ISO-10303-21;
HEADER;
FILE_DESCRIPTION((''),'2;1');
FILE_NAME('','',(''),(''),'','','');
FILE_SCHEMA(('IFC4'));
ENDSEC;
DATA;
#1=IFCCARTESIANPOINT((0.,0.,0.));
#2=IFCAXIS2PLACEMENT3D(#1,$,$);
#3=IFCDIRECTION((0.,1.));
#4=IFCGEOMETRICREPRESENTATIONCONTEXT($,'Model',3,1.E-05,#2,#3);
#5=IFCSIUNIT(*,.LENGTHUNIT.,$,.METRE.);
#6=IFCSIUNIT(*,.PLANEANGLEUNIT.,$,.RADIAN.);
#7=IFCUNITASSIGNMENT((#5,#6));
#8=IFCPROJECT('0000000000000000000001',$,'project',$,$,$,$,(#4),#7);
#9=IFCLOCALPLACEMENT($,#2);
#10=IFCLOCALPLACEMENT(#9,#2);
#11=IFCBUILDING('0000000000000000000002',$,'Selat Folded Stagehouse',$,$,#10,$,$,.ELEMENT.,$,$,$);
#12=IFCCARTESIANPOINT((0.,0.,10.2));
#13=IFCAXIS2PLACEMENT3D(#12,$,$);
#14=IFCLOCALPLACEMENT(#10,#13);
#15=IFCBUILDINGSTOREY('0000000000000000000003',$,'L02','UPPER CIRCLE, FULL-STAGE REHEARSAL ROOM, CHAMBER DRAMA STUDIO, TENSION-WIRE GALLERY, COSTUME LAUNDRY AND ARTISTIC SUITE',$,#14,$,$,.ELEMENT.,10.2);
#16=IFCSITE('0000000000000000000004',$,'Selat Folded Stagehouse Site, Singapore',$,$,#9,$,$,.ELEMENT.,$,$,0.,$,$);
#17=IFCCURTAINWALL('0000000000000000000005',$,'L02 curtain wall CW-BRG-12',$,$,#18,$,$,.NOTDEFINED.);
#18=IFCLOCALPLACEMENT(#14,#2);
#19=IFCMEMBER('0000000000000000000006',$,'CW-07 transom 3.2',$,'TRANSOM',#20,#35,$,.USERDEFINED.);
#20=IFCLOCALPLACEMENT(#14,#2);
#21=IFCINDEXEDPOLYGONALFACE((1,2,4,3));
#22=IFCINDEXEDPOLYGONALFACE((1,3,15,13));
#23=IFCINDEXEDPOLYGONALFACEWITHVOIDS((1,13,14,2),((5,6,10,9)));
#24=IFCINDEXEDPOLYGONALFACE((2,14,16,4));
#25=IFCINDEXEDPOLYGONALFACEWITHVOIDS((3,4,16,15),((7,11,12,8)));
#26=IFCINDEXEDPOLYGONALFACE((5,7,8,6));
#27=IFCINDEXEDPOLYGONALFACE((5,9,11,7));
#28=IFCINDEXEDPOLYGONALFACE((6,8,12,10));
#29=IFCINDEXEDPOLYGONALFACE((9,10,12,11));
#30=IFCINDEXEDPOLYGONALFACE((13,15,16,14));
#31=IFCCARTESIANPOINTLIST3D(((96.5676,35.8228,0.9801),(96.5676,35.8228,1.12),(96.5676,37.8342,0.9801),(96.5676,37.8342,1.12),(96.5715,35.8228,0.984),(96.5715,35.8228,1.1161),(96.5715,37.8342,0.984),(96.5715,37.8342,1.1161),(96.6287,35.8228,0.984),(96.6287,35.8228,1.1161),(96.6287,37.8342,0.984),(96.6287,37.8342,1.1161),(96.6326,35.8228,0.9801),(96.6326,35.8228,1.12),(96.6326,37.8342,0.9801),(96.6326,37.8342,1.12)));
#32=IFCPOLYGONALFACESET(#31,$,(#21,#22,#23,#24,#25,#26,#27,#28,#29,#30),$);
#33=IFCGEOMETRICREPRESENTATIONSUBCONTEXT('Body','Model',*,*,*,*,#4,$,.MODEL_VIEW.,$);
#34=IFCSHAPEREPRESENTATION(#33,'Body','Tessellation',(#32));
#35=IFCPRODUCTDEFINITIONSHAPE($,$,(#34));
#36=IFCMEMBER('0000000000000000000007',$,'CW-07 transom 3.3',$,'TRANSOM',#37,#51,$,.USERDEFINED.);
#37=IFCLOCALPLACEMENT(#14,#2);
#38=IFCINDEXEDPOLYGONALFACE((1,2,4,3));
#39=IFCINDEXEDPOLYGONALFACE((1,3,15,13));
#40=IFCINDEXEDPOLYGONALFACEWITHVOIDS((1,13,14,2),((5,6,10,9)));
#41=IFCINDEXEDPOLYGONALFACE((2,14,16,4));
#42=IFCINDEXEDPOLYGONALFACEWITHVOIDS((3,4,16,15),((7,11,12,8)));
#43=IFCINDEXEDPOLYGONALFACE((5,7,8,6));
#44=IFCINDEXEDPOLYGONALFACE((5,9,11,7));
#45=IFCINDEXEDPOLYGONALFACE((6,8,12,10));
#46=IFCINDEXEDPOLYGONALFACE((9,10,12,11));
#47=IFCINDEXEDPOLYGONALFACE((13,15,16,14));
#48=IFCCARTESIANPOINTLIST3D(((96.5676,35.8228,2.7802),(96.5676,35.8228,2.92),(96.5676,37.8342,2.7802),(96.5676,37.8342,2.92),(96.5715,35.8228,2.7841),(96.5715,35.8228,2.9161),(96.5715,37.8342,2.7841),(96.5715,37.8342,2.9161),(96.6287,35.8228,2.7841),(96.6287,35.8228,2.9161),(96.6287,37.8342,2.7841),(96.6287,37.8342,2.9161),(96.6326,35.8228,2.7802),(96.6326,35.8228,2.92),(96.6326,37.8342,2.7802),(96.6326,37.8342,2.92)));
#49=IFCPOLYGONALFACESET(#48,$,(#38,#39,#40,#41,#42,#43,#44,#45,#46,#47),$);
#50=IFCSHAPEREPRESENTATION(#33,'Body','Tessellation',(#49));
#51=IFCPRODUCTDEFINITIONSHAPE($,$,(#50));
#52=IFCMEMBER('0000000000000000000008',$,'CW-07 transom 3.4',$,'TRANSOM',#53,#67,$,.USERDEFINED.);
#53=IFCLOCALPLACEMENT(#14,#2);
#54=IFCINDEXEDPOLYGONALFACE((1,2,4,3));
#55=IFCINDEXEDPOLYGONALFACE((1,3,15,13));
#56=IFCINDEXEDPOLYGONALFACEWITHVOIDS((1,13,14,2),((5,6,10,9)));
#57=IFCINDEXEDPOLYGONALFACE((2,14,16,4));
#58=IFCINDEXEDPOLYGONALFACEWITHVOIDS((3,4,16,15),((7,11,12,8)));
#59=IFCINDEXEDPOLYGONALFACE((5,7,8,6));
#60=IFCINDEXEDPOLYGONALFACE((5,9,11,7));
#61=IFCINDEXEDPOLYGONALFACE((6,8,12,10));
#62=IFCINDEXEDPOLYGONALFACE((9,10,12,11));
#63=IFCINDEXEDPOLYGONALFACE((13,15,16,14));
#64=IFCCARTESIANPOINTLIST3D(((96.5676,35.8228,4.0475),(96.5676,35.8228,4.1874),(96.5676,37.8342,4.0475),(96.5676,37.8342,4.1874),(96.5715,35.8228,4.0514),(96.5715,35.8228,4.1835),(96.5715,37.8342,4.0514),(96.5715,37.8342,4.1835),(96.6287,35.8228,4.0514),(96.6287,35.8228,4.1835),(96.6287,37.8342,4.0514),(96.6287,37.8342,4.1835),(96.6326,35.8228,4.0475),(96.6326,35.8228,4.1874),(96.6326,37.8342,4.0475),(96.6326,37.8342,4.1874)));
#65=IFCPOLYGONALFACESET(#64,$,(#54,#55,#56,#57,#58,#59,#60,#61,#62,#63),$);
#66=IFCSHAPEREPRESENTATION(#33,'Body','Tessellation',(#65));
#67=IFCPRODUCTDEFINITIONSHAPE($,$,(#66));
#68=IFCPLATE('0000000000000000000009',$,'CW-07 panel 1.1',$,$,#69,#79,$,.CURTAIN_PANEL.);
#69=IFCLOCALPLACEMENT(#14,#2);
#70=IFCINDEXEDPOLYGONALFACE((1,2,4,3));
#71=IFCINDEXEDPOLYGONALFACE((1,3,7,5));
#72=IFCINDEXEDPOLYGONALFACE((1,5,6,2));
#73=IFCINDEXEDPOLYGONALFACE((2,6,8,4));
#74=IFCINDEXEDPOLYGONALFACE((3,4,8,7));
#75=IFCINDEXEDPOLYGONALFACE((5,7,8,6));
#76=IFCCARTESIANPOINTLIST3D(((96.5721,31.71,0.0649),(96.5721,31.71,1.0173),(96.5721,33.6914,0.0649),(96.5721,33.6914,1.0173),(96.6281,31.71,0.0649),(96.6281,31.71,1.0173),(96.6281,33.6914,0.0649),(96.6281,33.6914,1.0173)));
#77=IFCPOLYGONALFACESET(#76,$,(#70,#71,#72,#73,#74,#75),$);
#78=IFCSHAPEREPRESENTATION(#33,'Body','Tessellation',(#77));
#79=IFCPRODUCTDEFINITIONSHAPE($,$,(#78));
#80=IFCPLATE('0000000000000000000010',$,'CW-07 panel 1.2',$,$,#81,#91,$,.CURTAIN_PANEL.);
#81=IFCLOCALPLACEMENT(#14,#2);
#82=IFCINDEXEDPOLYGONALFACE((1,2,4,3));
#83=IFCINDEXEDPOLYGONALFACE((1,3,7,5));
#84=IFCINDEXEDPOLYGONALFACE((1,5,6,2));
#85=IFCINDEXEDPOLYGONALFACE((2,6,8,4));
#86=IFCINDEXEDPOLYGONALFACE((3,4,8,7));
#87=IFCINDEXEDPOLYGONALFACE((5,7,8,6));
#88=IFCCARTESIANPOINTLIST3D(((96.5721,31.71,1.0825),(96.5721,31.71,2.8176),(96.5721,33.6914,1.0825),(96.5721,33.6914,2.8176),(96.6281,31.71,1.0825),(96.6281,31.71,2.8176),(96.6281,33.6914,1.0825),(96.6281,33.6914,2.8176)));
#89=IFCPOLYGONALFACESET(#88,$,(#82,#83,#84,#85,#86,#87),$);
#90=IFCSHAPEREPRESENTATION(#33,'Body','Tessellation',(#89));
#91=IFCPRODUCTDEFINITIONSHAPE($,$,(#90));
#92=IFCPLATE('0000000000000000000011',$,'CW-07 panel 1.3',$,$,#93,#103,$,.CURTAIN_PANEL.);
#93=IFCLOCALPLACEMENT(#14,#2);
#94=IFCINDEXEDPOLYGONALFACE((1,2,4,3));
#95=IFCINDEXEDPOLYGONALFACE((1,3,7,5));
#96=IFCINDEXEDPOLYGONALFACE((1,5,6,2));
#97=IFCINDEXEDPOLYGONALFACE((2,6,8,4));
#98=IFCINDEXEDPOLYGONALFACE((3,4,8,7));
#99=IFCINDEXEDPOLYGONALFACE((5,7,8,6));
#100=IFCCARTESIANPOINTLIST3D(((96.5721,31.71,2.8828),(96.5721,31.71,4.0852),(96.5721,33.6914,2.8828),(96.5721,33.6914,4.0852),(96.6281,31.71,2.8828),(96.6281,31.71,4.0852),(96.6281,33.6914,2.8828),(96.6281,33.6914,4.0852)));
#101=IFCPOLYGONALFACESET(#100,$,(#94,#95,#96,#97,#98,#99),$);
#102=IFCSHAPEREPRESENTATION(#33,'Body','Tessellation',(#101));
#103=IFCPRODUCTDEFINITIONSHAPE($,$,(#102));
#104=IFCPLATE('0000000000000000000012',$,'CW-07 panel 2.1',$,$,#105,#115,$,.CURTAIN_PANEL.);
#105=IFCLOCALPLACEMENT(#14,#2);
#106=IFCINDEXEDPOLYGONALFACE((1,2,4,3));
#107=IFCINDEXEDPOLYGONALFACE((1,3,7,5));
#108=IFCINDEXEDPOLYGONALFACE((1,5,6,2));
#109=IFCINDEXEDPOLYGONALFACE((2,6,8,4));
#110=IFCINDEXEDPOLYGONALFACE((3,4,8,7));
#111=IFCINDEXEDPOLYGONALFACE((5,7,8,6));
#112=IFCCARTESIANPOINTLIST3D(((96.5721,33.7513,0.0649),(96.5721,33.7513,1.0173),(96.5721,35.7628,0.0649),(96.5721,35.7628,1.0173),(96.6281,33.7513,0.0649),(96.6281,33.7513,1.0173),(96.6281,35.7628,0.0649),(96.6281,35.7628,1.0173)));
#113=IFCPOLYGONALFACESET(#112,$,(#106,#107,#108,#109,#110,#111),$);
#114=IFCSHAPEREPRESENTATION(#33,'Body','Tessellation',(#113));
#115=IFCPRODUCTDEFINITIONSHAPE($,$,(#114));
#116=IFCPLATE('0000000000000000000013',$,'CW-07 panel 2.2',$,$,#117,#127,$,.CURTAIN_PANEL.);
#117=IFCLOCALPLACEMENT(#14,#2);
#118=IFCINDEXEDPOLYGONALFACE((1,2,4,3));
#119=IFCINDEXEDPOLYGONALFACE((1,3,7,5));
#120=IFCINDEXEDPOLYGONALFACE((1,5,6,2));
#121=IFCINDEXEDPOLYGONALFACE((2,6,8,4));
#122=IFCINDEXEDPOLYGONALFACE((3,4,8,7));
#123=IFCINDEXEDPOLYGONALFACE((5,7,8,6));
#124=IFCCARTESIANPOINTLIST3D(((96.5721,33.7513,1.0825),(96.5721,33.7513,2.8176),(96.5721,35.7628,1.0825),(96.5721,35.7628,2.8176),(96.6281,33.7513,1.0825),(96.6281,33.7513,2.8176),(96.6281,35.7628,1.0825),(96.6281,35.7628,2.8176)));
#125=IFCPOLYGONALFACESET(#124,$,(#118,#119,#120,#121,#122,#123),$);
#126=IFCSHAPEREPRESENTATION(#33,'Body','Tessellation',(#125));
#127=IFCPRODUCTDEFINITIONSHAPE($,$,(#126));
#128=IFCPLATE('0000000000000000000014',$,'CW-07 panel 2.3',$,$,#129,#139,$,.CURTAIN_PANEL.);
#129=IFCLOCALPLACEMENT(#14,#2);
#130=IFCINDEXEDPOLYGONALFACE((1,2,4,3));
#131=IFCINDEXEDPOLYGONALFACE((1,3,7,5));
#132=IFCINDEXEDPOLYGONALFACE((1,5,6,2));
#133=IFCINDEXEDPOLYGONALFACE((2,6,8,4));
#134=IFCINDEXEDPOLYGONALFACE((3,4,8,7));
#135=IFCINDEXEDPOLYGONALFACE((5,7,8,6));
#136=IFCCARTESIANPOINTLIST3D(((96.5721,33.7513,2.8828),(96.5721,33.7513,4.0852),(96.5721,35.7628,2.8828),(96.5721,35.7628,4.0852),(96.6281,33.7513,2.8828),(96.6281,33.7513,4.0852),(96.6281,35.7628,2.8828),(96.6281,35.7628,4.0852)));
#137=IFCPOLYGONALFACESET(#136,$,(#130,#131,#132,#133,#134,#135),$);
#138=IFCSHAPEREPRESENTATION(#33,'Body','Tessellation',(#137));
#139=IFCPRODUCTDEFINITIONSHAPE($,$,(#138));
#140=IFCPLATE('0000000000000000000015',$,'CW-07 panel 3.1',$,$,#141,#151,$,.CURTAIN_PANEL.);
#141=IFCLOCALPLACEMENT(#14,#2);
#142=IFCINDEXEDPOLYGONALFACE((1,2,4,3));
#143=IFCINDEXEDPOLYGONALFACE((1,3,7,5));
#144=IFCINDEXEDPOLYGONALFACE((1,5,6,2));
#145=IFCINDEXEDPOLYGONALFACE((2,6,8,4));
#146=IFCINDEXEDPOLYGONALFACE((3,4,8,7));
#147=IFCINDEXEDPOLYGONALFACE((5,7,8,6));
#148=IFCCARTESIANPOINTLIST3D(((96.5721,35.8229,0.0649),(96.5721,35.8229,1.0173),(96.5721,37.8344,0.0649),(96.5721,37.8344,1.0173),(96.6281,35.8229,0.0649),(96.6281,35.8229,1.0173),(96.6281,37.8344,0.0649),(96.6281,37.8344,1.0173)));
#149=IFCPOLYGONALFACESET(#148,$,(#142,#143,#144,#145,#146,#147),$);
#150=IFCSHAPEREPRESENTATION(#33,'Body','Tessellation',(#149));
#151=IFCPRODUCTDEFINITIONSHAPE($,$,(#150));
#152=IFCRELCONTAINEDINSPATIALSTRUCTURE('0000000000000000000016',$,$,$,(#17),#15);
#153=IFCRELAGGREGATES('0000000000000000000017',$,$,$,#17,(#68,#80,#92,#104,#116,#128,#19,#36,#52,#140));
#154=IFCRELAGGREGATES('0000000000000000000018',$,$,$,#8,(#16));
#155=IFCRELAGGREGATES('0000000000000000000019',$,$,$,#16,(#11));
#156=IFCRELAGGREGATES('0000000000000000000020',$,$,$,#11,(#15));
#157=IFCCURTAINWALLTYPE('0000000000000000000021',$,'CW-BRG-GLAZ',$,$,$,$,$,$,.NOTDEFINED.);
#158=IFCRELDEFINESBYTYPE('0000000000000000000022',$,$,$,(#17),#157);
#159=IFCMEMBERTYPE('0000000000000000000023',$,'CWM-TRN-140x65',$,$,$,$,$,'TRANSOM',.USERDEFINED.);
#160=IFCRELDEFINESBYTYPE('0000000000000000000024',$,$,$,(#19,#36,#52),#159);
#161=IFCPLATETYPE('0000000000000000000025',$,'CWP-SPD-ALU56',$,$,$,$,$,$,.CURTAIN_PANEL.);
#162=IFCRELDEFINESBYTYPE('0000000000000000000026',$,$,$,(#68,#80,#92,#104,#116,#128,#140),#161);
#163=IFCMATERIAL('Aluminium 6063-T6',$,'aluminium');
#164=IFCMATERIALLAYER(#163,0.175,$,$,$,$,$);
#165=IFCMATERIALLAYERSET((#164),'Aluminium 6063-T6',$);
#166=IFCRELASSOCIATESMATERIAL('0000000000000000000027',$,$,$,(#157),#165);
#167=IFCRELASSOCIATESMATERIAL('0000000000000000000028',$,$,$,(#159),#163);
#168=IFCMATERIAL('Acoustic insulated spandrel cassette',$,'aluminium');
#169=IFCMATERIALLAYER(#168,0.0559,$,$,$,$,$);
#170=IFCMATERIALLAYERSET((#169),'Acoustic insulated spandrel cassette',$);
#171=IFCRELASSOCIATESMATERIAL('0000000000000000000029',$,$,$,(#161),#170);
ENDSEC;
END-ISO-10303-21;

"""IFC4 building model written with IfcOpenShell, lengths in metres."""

from ifc_helpers import new_model, si_unit, direction, frame, origin, origin_2d, place, context, subcontext, project, spatial, rectangle, hollow_rectangle, extrude, material, layer, layer_set, material_profile, profile_set, type_object, element, aggregate, save


model = new_model("IFC4")

# Units and contexts
model_context = context("Model", 3, precision=1e-05, world=origin(), true_north=direction((0.0, 1.0)))
body_context = subcontext(model_context, "Body", "Model", "MODEL_VIEW")
ifc_project = project(units=[si_unit("LENGTHUNIT", "METRE"), si_unit("PLANEANGLEUNIT", "RADIAN")], contexts=[model_context])

# Site, building, storey
site_placement = place(None, origin())
site = spatial("IfcSite", under=ifc_project, at=site_placement, Name="Selat Folded Stagehouse Site, Singapore", CompositionType="ELEMENT", RefElevation=0.0)
building_placement = place(site_placement, origin())
building = spatial("IfcBuilding", under=site, at=building_placement, Name="Selat Folded Stagehouse", CompositionType="ELEMENT")
storey_placement = place(building_placement, frame((0.0, 0.0, 10.2)))
storey = spatial("IfcBuildingStorey", under=building, at=storey_placement, Name="L02", Description="UPPER CIRCLE, FULL-STAGE REHEARSAL ROOM, CHAMBER DRAMA STUDIO, TENSION-WIRE GALLERY, COSTUME LAUNDRY AND ARTISTIC SUITE", CompositionType="ELEMENT", Elevation=10.2)

# Curtain wall, members, plates
ifc_material_1 = material(Name="Aluminium 6063-T6", Category="aluminium")
ifc_layer_1 = layer(ifc_material_1, 0.175)
ifc_layer_set_1 = layer_set([ifc_layer_1], Name="Aluminium 6063-T6")
curtain_wall_type = type_object("IfcCurtainWallType", Name="CW-BRG-GLAZ", PredefinedType="NOTDEFINED", material=ifc_layer_set_1)
curtain_wall_placement = place(storey_placement, origin())
curtain_wall = element("IfcCurtainWall", 1, at=curtain_wall_placement, inside=storey, type_object=curtain_wall_type, Name="L02 curtain wall CW-BRG-12", PredefinedType="NOTDEFINED")
ifc_material_profile_1 = material_profile(ifc_material_1, hollow_rectangle(XDim=0.0649, YDim=0.1399, WallThickness=0.0039, at=origin_2d()), Name="ALU 140x65x4.0")
ifc_profile_set_1 = profile_set([ifc_material_profile_1], Name="Aluminium 6063-T6")
member_type_1 = type_object("IfcMemberType", Name="CWM-TRN-140x65", ElementType="TRANSOM", PredefinedType="USERDEFINED", material=ifc_profile_set_1)
member_1_placement = place(storey_placement, frame((96.6001, 35.8228, 1.05), z_axis=(0.0, 1.0, 0.0), x_axis=(-1.0, 0.0, 0.0)))
member_1 = element("IfcMember", 2, at=member_1_placement, type_object=member_type_1, Name="CW-07 transom 3.2", ObjectType="TRANSOM", PredefinedType="USERDEFINED", context=body_context, shape_type="SweptSolid", body=[
    extrude(hollow_rectangle(XDim=0.0649, YDim=0.1399, WallThickness=0.0039, at=origin_2d()), origin(), (0.0, 0.0, 1.0), 2.0115),
])
member_2_placement = place(storey_placement, frame((96.6001, 35.8228, 2.8501), z_axis=(0.0, 1.0, 0.0), x_axis=(-1.0, 0.0, 0.0)))
member_2 = element("IfcMember", 3, at=member_2_placement, type_object=member_type_1, Name="CW-07 transom 3.3", ObjectType="TRANSOM", PredefinedType="USERDEFINED", context=body_context, shape_type="SweptSolid", body=[
    extrude(hollow_rectangle(XDim=0.0649, YDim=0.1399, WallThickness=0.0039, at=origin_2d()), origin(), (0.0, 0.0, 1.0), 2.0115),
])
member_3_placement = place(storey_placement, frame((96.6001, 35.8228, 4.1174), z_axis=(0.0, 1.0, 0.0), x_axis=(-1.0, 0.0, 0.0)))
member_3 = element("IfcMember", 4, at=member_3_placement, type_object=member_type_1, Name="CW-07 transom 3.4", ObjectType="TRANSOM", PredefinedType="USERDEFINED", context=body_context, shape_type="SweptSolid", body=[
    extrude(hollow_rectangle(XDim=0.0649, YDim=0.1399, WallThickness=0.0039, at=origin_2d()), origin(), (0.0, 0.0, 1.0), 2.0115),
])
ifc_material_2 = material(Name="Acoustic insulated spandrel cassette", Category="aluminium")
ifc_layer_2 = layer(ifc_material_2, 0.0559)
ifc_layer_set_2 = layer_set([ifc_layer_2], Name="Acoustic insulated spandrel cassette")
plate_type = type_object("IfcPlateType", Name="CWP-SPD-ALU56", PredefinedType="CURTAIN_PANEL", material=ifc_layer_set_2)
plate_1_placement = place(storey_placement, frame((96.6001, 32.7007, 0.0649), z_axis=(0.0, 0.0, 1.0), x_axis=(0.0, 1.0, 0.0)))
plate_1 = element("IfcPlate", 5, at=plate_1_placement, type_object=plate_type, Name="CW-07 panel 1.1", PredefinedType="CURTAIN_PANEL", context=body_context, shape_type="SweptSolid", body=[
    extrude(rectangle(XDim=1.9814, YDim=0.0559, at=origin_2d()), origin(), (0.0, 0.0, 1.0), 0.9524),
])
plate_2_placement = place(storey_placement, frame((96.6001, 32.7007, 1.0825), z_axis=(0.0, 0.0, 1.0), x_axis=(0.0, 1.0, 0.0)))
plate_2 = element("IfcPlate", 6, at=plate_2_placement, type_object=plate_type, Name="CW-07 panel 1.2", PredefinedType="CURTAIN_PANEL", context=body_context, shape_type="SweptSolid", body=[
    extrude(rectangle(XDim=1.9814, YDim=0.0559, at=origin_2d()), origin(), (0.0, 0.0, 1.0), 1.7351),
])
plate_3_placement = place(storey_placement, frame((96.6001, 32.7007, 2.8828), z_axis=(0.0, 0.0, 1.0), x_axis=(0.0, 1.0, 0.0)))
plate_3 = element("IfcPlate", 7, at=plate_3_placement, type_object=plate_type, Name="CW-07 panel 1.3", PredefinedType="CURTAIN_PANEL", context=body_context, shape_type="SweptSolid", body=[
    extrude(rectangle(XDim=1.9814, YDim=0.0559, at=origin_2d()), origin(), (0.0, 0.0, 1.0), 1.2024),
])
plate_4_placement = place(storey_placement, frame((96.6001, 34.7571, 0.0649), z_axis=(0.0, 0.0, 1.0), x_axis=(0.0, 1.0, 0.0)))
plate_4 = element("IfcPlate", 8, at=plate_4_placement, type_object=plate_type, Name="CW-07 panel 2.1", PredefinedType="CURTAIN_PANEL", context=body_context, shape_type="SweptSolid", body=[
    extrude(rectangle(XDim=2.0115, YDim=0.0559, at=origin_2d()), origin(), (0.0, 0.0, 1.0), 0.9524),
])
plate_5_placement = place(storey_placement, frame((96.6001, 34.7571, 1.0825), z_axis=(0.0, 0.0, 1.0), x_axis=(0.0, 1.0, 0.0)))
plate_5 = element("IfcPlate", 9, at=plate_5_placement, type_object=plate_type, Name="CW-07 panel 2.2", PredefinedType="CURTAIN_PANEL", context=body_context, shape_type="SweptSolid", body=[
    extrude(rectangle(XDim=2.0115, YDim=0.0559, at=origin_2d()), origin(), (0.0, 0.0, 1.0), 1.7351),
])
plate_6_placement = place(storey_placement, frame((96.6001, 34.7571, 2.8828), z_axis=(0.0, 0.0, 1.0), x_axis=(0.0, 1.0, 0.0)))
plate_6 = element("IfcPlate", 10, at=plate_6_placement, type_object=plate_type, Name="CW-07 panel 2.3", PredefinedType="CURTAIN_PANEL", context=body_context, shape_type="SweptSolid", body=[
    extrude(rectangle(XDim=2.0115, YDim=0.0559, at=origin_2d()), origin(), (0.0, 0.0, 1.0), 1.2024),
])
plate_7_placement = place(storey_placement, frame((96.6001, 36.8286, 0.0649), z_axis=(0.0, 0.0, 1.0), x_axis=(0.0, 1.0, 0.0)))
plate_7 = element("IfcPlate", 11, at=plate_7_placement, type_object=plate_type, Name="CW-07 panel 3.1", PredefinedType="CURTAIN_PANEL", context=body_context, shape_type="SweptSolid", body=[
    extrude(rectangle(XDim=2.0115, YDim=0.0559, at=origin_2d()), origin(), (0.0, 0.0, 1.0), 0.9524),
])
aggregate(curtain_wall, [plate_1, plate_2, plate_3, plate_4, plate_5, plate_6, member_1, member_2, member_3, plate_7])

save(model, "model.ifc")
